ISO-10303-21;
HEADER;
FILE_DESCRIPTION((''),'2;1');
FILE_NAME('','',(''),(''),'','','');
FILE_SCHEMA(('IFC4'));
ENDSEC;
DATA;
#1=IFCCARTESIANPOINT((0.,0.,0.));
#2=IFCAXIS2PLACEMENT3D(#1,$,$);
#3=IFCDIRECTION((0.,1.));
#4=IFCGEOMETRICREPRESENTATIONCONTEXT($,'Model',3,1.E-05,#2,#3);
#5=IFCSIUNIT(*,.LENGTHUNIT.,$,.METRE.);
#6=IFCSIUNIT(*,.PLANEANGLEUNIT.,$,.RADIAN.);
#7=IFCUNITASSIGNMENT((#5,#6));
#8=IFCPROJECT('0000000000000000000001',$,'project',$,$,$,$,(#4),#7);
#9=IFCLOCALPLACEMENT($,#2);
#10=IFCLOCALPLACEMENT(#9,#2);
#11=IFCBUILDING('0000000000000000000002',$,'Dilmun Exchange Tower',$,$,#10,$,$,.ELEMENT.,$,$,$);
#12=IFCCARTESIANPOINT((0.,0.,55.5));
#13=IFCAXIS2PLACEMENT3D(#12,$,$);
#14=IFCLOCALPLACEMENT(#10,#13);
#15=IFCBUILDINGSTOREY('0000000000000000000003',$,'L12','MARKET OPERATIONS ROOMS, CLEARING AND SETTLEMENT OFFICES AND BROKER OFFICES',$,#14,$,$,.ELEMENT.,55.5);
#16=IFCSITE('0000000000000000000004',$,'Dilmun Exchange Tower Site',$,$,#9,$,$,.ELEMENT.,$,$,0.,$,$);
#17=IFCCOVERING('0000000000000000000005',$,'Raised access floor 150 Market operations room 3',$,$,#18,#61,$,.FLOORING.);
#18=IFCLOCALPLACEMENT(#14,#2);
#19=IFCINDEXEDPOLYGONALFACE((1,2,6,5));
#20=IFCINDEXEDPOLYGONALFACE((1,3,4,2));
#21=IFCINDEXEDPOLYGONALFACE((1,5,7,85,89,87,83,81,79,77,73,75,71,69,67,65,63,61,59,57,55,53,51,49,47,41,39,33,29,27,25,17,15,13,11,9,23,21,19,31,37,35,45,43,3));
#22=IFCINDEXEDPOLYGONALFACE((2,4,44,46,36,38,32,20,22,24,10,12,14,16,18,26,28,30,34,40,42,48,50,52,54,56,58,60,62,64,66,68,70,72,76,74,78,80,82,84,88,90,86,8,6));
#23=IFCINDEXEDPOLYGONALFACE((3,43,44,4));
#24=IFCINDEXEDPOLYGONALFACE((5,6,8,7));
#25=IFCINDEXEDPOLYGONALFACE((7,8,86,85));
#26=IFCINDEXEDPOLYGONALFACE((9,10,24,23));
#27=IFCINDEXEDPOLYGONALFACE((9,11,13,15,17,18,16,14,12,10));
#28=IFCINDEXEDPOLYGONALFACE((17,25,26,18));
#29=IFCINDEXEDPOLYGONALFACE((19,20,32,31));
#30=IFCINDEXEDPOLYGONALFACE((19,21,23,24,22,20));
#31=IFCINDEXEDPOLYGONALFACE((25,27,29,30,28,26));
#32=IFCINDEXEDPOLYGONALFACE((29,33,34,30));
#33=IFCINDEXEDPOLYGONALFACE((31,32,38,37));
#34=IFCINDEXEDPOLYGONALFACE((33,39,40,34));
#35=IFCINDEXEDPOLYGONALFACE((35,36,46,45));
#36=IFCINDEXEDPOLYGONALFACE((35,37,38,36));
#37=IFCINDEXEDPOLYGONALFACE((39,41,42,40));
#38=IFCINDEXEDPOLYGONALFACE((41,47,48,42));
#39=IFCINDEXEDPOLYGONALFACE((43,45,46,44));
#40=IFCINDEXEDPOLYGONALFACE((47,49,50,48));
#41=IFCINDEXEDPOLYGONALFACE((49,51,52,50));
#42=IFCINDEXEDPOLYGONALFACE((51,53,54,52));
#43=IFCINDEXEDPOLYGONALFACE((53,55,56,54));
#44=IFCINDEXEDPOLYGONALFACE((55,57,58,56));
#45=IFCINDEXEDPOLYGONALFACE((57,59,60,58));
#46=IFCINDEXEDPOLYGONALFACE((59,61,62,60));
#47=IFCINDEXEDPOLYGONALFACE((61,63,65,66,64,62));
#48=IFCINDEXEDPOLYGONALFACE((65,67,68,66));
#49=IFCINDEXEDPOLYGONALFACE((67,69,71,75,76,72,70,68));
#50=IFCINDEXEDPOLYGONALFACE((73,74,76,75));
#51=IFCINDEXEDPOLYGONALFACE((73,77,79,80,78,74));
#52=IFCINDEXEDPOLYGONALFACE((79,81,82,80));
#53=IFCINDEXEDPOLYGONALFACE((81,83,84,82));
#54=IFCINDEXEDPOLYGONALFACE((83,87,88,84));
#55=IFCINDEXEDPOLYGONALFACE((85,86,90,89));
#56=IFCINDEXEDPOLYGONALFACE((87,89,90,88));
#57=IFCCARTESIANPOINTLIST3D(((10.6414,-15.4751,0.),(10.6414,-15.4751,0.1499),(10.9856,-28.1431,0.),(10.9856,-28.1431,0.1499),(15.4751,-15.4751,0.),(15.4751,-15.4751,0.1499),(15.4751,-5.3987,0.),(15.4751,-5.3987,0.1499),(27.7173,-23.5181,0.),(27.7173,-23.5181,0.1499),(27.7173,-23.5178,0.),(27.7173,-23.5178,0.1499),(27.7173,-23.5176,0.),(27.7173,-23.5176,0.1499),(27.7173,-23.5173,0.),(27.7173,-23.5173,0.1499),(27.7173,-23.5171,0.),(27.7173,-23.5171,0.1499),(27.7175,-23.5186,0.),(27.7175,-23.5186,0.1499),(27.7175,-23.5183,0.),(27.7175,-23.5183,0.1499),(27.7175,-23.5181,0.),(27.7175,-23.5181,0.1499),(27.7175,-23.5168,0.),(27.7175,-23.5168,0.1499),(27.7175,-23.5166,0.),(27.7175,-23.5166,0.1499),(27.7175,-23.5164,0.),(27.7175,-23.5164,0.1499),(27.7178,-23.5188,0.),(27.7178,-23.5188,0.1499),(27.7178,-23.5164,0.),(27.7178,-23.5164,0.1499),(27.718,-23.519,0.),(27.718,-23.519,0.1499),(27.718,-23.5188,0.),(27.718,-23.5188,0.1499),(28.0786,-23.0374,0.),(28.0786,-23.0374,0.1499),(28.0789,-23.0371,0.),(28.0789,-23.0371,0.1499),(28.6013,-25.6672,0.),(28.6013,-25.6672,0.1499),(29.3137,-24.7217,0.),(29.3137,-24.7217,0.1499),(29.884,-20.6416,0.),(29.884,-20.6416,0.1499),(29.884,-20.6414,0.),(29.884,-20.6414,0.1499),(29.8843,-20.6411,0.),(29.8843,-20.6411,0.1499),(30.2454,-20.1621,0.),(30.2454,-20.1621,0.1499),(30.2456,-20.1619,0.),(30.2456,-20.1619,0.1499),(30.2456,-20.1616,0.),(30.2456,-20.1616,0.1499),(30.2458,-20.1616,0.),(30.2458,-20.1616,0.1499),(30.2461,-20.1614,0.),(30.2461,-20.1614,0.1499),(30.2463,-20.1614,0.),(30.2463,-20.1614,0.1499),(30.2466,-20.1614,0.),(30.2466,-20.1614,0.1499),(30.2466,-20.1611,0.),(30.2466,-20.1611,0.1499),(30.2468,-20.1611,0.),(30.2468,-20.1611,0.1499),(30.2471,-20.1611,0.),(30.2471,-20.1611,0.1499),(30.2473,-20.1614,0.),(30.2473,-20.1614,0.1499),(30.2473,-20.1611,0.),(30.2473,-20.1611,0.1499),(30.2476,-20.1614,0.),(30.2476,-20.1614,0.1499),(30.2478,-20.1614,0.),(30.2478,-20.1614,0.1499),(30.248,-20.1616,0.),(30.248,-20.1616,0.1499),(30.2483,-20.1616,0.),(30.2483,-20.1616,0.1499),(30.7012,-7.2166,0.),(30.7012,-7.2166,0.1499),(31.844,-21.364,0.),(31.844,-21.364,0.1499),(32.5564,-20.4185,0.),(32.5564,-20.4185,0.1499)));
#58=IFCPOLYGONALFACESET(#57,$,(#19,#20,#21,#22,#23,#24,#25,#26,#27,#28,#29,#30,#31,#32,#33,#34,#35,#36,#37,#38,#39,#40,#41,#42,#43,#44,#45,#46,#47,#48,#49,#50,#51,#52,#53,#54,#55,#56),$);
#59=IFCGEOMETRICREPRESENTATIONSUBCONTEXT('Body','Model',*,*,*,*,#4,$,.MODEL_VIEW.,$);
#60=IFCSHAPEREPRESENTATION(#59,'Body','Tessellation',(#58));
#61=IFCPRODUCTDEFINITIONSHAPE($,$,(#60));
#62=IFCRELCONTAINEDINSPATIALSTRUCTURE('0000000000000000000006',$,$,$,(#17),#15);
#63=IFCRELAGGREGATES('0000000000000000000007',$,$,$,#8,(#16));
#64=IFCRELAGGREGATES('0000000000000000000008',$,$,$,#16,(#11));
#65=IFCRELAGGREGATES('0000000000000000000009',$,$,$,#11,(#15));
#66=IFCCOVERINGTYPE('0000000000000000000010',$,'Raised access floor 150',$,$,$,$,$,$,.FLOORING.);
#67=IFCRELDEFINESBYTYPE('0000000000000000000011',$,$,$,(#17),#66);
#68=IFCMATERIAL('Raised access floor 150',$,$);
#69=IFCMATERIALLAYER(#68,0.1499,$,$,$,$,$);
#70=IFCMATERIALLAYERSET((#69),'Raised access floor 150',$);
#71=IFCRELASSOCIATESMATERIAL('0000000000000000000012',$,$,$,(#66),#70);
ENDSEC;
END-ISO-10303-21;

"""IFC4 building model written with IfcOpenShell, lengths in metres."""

from ifc_helpers import new_model, si_unit, direction, frame, origin, place, context, subcontext, project, spatial, polyline, outline, extrude, material, layer, layer_set, type_object, element, save


model = new_model("IFC4")

# Units and contexts
model_context = context("Model", 3, precision=1e-05, world=origin(), true_north=direction((0.0, 1.0)))
body_context = subcontext(model_context, "Body", "Model", "MODEL_VIEW")
ifc_project = project(units=[si_unit("LENGTHUNIT", "METRE"), si_unit("PLANEANGLEUNIT", "RADIAN")], contexts=[model_context])

# Site, building, storey
site_placement = place(None, origin())
site = spatial("IfcSite", under=ifc_project, at=site_placement, Name="Dilmun Exchange Tower Site", CompositionType="ELEMENT", RefElevation=0.0)
building_placement = place(site_placement, origin())
building = spatial("IfcBuilding", under=site, at=building_placement, Name="Dilmun Exchange Tower", CompositionType="ELEMENT")
storey_placement = place(building_placement, frame((0.0, 0.0, 55.5)))
storey = spatial("IfcBuildingStorey", under=building, at=storey_placement, Name="L12", Description="MARKET OPERATIONS ROOMS, CLEARING AND SETTLEMENT OFFICES AND BROKER OFFICES", CompositionType="ELEMENT", Elevation=55.5)

# Covering
ifc_material_1 = material(Name="Raised access floor 150")
ifc_layer_1 = layer(ifc_material_1, 0.1499)
ifc_layer_set_1 = layer_set([ifc_layer_1], Name="Raised access floor 150")
covering_type_1 = type_object("IfcCoveringType", Name="Raised access floor 150", PredefinedType="FLOORING", material=ifc_layer_set_1)
covering_1_placement = place(storey_placement, origin())
element("IfcCovering", 1, at=covering_1_placement, inside=storey, type_object=covering_type_1, Name="Raised access floor 150 Market operations room 3", PredefinedType="FLOORING", context=body_context, shape_type="SweptSolid", body=[
    extrude(outline(polyline([(10.6414, -15.4751), (15.4751, -15.4751), (15.4751, -5.3987), (30.7012, -7.2166), (32.5564, -20.4185), (31.844, -21.364), (30.2483, -20.1616), (30.248, -20.1616), (30.2478, -20.1614), (30.2476, -20.1614), (30.2473, -20.1614), (30.2473, -20.1611), (30.2471, -20.1611), (30.2468, -20.1611), (30.2466, -20.1611), (30.2466, -20.1614), (30.2463, -20.1614), (30.2461, -20.1614), (30.2458, -20.1616), (30.2458, -20.1616), (30.2456, -20.1616), (30.2456, -20.1619), (30.2454, -20.1621), (29.8843, -20.6411), (29.884, -20.6414), (29.884, -20.6416), (29.884, -20.6416), (29.884, -20.6416), (28.0789, -23.0371), (28.0786, -23.0374), (27.7178, -23.5164), (27.7175, -23.5164), (27.7175, -23.5166), (27.7175, -23.5168), (27.7173, -23.5171), (27.7173, -23.5171), (27.7173, -23.5173), (27.7173, -23.5176), (27.7173, -23.5178), (27.7173, -23.5181), (27.7175, -23.5181), (27.7175, -23.5183), (27.7175, -23.5186), (27.7178, -23.5188), (27.718, -23.5188), (27.718, -23.519), (27.718, -23.519), (29.3137, -24.7217), (28.6013, -25.6672), (10.9856, -28.1431), (10.6414, -15.4751)])), origin(), (0.0, 0.0, 1.0), 0.1499),
])

save(model, "model.ifc")
